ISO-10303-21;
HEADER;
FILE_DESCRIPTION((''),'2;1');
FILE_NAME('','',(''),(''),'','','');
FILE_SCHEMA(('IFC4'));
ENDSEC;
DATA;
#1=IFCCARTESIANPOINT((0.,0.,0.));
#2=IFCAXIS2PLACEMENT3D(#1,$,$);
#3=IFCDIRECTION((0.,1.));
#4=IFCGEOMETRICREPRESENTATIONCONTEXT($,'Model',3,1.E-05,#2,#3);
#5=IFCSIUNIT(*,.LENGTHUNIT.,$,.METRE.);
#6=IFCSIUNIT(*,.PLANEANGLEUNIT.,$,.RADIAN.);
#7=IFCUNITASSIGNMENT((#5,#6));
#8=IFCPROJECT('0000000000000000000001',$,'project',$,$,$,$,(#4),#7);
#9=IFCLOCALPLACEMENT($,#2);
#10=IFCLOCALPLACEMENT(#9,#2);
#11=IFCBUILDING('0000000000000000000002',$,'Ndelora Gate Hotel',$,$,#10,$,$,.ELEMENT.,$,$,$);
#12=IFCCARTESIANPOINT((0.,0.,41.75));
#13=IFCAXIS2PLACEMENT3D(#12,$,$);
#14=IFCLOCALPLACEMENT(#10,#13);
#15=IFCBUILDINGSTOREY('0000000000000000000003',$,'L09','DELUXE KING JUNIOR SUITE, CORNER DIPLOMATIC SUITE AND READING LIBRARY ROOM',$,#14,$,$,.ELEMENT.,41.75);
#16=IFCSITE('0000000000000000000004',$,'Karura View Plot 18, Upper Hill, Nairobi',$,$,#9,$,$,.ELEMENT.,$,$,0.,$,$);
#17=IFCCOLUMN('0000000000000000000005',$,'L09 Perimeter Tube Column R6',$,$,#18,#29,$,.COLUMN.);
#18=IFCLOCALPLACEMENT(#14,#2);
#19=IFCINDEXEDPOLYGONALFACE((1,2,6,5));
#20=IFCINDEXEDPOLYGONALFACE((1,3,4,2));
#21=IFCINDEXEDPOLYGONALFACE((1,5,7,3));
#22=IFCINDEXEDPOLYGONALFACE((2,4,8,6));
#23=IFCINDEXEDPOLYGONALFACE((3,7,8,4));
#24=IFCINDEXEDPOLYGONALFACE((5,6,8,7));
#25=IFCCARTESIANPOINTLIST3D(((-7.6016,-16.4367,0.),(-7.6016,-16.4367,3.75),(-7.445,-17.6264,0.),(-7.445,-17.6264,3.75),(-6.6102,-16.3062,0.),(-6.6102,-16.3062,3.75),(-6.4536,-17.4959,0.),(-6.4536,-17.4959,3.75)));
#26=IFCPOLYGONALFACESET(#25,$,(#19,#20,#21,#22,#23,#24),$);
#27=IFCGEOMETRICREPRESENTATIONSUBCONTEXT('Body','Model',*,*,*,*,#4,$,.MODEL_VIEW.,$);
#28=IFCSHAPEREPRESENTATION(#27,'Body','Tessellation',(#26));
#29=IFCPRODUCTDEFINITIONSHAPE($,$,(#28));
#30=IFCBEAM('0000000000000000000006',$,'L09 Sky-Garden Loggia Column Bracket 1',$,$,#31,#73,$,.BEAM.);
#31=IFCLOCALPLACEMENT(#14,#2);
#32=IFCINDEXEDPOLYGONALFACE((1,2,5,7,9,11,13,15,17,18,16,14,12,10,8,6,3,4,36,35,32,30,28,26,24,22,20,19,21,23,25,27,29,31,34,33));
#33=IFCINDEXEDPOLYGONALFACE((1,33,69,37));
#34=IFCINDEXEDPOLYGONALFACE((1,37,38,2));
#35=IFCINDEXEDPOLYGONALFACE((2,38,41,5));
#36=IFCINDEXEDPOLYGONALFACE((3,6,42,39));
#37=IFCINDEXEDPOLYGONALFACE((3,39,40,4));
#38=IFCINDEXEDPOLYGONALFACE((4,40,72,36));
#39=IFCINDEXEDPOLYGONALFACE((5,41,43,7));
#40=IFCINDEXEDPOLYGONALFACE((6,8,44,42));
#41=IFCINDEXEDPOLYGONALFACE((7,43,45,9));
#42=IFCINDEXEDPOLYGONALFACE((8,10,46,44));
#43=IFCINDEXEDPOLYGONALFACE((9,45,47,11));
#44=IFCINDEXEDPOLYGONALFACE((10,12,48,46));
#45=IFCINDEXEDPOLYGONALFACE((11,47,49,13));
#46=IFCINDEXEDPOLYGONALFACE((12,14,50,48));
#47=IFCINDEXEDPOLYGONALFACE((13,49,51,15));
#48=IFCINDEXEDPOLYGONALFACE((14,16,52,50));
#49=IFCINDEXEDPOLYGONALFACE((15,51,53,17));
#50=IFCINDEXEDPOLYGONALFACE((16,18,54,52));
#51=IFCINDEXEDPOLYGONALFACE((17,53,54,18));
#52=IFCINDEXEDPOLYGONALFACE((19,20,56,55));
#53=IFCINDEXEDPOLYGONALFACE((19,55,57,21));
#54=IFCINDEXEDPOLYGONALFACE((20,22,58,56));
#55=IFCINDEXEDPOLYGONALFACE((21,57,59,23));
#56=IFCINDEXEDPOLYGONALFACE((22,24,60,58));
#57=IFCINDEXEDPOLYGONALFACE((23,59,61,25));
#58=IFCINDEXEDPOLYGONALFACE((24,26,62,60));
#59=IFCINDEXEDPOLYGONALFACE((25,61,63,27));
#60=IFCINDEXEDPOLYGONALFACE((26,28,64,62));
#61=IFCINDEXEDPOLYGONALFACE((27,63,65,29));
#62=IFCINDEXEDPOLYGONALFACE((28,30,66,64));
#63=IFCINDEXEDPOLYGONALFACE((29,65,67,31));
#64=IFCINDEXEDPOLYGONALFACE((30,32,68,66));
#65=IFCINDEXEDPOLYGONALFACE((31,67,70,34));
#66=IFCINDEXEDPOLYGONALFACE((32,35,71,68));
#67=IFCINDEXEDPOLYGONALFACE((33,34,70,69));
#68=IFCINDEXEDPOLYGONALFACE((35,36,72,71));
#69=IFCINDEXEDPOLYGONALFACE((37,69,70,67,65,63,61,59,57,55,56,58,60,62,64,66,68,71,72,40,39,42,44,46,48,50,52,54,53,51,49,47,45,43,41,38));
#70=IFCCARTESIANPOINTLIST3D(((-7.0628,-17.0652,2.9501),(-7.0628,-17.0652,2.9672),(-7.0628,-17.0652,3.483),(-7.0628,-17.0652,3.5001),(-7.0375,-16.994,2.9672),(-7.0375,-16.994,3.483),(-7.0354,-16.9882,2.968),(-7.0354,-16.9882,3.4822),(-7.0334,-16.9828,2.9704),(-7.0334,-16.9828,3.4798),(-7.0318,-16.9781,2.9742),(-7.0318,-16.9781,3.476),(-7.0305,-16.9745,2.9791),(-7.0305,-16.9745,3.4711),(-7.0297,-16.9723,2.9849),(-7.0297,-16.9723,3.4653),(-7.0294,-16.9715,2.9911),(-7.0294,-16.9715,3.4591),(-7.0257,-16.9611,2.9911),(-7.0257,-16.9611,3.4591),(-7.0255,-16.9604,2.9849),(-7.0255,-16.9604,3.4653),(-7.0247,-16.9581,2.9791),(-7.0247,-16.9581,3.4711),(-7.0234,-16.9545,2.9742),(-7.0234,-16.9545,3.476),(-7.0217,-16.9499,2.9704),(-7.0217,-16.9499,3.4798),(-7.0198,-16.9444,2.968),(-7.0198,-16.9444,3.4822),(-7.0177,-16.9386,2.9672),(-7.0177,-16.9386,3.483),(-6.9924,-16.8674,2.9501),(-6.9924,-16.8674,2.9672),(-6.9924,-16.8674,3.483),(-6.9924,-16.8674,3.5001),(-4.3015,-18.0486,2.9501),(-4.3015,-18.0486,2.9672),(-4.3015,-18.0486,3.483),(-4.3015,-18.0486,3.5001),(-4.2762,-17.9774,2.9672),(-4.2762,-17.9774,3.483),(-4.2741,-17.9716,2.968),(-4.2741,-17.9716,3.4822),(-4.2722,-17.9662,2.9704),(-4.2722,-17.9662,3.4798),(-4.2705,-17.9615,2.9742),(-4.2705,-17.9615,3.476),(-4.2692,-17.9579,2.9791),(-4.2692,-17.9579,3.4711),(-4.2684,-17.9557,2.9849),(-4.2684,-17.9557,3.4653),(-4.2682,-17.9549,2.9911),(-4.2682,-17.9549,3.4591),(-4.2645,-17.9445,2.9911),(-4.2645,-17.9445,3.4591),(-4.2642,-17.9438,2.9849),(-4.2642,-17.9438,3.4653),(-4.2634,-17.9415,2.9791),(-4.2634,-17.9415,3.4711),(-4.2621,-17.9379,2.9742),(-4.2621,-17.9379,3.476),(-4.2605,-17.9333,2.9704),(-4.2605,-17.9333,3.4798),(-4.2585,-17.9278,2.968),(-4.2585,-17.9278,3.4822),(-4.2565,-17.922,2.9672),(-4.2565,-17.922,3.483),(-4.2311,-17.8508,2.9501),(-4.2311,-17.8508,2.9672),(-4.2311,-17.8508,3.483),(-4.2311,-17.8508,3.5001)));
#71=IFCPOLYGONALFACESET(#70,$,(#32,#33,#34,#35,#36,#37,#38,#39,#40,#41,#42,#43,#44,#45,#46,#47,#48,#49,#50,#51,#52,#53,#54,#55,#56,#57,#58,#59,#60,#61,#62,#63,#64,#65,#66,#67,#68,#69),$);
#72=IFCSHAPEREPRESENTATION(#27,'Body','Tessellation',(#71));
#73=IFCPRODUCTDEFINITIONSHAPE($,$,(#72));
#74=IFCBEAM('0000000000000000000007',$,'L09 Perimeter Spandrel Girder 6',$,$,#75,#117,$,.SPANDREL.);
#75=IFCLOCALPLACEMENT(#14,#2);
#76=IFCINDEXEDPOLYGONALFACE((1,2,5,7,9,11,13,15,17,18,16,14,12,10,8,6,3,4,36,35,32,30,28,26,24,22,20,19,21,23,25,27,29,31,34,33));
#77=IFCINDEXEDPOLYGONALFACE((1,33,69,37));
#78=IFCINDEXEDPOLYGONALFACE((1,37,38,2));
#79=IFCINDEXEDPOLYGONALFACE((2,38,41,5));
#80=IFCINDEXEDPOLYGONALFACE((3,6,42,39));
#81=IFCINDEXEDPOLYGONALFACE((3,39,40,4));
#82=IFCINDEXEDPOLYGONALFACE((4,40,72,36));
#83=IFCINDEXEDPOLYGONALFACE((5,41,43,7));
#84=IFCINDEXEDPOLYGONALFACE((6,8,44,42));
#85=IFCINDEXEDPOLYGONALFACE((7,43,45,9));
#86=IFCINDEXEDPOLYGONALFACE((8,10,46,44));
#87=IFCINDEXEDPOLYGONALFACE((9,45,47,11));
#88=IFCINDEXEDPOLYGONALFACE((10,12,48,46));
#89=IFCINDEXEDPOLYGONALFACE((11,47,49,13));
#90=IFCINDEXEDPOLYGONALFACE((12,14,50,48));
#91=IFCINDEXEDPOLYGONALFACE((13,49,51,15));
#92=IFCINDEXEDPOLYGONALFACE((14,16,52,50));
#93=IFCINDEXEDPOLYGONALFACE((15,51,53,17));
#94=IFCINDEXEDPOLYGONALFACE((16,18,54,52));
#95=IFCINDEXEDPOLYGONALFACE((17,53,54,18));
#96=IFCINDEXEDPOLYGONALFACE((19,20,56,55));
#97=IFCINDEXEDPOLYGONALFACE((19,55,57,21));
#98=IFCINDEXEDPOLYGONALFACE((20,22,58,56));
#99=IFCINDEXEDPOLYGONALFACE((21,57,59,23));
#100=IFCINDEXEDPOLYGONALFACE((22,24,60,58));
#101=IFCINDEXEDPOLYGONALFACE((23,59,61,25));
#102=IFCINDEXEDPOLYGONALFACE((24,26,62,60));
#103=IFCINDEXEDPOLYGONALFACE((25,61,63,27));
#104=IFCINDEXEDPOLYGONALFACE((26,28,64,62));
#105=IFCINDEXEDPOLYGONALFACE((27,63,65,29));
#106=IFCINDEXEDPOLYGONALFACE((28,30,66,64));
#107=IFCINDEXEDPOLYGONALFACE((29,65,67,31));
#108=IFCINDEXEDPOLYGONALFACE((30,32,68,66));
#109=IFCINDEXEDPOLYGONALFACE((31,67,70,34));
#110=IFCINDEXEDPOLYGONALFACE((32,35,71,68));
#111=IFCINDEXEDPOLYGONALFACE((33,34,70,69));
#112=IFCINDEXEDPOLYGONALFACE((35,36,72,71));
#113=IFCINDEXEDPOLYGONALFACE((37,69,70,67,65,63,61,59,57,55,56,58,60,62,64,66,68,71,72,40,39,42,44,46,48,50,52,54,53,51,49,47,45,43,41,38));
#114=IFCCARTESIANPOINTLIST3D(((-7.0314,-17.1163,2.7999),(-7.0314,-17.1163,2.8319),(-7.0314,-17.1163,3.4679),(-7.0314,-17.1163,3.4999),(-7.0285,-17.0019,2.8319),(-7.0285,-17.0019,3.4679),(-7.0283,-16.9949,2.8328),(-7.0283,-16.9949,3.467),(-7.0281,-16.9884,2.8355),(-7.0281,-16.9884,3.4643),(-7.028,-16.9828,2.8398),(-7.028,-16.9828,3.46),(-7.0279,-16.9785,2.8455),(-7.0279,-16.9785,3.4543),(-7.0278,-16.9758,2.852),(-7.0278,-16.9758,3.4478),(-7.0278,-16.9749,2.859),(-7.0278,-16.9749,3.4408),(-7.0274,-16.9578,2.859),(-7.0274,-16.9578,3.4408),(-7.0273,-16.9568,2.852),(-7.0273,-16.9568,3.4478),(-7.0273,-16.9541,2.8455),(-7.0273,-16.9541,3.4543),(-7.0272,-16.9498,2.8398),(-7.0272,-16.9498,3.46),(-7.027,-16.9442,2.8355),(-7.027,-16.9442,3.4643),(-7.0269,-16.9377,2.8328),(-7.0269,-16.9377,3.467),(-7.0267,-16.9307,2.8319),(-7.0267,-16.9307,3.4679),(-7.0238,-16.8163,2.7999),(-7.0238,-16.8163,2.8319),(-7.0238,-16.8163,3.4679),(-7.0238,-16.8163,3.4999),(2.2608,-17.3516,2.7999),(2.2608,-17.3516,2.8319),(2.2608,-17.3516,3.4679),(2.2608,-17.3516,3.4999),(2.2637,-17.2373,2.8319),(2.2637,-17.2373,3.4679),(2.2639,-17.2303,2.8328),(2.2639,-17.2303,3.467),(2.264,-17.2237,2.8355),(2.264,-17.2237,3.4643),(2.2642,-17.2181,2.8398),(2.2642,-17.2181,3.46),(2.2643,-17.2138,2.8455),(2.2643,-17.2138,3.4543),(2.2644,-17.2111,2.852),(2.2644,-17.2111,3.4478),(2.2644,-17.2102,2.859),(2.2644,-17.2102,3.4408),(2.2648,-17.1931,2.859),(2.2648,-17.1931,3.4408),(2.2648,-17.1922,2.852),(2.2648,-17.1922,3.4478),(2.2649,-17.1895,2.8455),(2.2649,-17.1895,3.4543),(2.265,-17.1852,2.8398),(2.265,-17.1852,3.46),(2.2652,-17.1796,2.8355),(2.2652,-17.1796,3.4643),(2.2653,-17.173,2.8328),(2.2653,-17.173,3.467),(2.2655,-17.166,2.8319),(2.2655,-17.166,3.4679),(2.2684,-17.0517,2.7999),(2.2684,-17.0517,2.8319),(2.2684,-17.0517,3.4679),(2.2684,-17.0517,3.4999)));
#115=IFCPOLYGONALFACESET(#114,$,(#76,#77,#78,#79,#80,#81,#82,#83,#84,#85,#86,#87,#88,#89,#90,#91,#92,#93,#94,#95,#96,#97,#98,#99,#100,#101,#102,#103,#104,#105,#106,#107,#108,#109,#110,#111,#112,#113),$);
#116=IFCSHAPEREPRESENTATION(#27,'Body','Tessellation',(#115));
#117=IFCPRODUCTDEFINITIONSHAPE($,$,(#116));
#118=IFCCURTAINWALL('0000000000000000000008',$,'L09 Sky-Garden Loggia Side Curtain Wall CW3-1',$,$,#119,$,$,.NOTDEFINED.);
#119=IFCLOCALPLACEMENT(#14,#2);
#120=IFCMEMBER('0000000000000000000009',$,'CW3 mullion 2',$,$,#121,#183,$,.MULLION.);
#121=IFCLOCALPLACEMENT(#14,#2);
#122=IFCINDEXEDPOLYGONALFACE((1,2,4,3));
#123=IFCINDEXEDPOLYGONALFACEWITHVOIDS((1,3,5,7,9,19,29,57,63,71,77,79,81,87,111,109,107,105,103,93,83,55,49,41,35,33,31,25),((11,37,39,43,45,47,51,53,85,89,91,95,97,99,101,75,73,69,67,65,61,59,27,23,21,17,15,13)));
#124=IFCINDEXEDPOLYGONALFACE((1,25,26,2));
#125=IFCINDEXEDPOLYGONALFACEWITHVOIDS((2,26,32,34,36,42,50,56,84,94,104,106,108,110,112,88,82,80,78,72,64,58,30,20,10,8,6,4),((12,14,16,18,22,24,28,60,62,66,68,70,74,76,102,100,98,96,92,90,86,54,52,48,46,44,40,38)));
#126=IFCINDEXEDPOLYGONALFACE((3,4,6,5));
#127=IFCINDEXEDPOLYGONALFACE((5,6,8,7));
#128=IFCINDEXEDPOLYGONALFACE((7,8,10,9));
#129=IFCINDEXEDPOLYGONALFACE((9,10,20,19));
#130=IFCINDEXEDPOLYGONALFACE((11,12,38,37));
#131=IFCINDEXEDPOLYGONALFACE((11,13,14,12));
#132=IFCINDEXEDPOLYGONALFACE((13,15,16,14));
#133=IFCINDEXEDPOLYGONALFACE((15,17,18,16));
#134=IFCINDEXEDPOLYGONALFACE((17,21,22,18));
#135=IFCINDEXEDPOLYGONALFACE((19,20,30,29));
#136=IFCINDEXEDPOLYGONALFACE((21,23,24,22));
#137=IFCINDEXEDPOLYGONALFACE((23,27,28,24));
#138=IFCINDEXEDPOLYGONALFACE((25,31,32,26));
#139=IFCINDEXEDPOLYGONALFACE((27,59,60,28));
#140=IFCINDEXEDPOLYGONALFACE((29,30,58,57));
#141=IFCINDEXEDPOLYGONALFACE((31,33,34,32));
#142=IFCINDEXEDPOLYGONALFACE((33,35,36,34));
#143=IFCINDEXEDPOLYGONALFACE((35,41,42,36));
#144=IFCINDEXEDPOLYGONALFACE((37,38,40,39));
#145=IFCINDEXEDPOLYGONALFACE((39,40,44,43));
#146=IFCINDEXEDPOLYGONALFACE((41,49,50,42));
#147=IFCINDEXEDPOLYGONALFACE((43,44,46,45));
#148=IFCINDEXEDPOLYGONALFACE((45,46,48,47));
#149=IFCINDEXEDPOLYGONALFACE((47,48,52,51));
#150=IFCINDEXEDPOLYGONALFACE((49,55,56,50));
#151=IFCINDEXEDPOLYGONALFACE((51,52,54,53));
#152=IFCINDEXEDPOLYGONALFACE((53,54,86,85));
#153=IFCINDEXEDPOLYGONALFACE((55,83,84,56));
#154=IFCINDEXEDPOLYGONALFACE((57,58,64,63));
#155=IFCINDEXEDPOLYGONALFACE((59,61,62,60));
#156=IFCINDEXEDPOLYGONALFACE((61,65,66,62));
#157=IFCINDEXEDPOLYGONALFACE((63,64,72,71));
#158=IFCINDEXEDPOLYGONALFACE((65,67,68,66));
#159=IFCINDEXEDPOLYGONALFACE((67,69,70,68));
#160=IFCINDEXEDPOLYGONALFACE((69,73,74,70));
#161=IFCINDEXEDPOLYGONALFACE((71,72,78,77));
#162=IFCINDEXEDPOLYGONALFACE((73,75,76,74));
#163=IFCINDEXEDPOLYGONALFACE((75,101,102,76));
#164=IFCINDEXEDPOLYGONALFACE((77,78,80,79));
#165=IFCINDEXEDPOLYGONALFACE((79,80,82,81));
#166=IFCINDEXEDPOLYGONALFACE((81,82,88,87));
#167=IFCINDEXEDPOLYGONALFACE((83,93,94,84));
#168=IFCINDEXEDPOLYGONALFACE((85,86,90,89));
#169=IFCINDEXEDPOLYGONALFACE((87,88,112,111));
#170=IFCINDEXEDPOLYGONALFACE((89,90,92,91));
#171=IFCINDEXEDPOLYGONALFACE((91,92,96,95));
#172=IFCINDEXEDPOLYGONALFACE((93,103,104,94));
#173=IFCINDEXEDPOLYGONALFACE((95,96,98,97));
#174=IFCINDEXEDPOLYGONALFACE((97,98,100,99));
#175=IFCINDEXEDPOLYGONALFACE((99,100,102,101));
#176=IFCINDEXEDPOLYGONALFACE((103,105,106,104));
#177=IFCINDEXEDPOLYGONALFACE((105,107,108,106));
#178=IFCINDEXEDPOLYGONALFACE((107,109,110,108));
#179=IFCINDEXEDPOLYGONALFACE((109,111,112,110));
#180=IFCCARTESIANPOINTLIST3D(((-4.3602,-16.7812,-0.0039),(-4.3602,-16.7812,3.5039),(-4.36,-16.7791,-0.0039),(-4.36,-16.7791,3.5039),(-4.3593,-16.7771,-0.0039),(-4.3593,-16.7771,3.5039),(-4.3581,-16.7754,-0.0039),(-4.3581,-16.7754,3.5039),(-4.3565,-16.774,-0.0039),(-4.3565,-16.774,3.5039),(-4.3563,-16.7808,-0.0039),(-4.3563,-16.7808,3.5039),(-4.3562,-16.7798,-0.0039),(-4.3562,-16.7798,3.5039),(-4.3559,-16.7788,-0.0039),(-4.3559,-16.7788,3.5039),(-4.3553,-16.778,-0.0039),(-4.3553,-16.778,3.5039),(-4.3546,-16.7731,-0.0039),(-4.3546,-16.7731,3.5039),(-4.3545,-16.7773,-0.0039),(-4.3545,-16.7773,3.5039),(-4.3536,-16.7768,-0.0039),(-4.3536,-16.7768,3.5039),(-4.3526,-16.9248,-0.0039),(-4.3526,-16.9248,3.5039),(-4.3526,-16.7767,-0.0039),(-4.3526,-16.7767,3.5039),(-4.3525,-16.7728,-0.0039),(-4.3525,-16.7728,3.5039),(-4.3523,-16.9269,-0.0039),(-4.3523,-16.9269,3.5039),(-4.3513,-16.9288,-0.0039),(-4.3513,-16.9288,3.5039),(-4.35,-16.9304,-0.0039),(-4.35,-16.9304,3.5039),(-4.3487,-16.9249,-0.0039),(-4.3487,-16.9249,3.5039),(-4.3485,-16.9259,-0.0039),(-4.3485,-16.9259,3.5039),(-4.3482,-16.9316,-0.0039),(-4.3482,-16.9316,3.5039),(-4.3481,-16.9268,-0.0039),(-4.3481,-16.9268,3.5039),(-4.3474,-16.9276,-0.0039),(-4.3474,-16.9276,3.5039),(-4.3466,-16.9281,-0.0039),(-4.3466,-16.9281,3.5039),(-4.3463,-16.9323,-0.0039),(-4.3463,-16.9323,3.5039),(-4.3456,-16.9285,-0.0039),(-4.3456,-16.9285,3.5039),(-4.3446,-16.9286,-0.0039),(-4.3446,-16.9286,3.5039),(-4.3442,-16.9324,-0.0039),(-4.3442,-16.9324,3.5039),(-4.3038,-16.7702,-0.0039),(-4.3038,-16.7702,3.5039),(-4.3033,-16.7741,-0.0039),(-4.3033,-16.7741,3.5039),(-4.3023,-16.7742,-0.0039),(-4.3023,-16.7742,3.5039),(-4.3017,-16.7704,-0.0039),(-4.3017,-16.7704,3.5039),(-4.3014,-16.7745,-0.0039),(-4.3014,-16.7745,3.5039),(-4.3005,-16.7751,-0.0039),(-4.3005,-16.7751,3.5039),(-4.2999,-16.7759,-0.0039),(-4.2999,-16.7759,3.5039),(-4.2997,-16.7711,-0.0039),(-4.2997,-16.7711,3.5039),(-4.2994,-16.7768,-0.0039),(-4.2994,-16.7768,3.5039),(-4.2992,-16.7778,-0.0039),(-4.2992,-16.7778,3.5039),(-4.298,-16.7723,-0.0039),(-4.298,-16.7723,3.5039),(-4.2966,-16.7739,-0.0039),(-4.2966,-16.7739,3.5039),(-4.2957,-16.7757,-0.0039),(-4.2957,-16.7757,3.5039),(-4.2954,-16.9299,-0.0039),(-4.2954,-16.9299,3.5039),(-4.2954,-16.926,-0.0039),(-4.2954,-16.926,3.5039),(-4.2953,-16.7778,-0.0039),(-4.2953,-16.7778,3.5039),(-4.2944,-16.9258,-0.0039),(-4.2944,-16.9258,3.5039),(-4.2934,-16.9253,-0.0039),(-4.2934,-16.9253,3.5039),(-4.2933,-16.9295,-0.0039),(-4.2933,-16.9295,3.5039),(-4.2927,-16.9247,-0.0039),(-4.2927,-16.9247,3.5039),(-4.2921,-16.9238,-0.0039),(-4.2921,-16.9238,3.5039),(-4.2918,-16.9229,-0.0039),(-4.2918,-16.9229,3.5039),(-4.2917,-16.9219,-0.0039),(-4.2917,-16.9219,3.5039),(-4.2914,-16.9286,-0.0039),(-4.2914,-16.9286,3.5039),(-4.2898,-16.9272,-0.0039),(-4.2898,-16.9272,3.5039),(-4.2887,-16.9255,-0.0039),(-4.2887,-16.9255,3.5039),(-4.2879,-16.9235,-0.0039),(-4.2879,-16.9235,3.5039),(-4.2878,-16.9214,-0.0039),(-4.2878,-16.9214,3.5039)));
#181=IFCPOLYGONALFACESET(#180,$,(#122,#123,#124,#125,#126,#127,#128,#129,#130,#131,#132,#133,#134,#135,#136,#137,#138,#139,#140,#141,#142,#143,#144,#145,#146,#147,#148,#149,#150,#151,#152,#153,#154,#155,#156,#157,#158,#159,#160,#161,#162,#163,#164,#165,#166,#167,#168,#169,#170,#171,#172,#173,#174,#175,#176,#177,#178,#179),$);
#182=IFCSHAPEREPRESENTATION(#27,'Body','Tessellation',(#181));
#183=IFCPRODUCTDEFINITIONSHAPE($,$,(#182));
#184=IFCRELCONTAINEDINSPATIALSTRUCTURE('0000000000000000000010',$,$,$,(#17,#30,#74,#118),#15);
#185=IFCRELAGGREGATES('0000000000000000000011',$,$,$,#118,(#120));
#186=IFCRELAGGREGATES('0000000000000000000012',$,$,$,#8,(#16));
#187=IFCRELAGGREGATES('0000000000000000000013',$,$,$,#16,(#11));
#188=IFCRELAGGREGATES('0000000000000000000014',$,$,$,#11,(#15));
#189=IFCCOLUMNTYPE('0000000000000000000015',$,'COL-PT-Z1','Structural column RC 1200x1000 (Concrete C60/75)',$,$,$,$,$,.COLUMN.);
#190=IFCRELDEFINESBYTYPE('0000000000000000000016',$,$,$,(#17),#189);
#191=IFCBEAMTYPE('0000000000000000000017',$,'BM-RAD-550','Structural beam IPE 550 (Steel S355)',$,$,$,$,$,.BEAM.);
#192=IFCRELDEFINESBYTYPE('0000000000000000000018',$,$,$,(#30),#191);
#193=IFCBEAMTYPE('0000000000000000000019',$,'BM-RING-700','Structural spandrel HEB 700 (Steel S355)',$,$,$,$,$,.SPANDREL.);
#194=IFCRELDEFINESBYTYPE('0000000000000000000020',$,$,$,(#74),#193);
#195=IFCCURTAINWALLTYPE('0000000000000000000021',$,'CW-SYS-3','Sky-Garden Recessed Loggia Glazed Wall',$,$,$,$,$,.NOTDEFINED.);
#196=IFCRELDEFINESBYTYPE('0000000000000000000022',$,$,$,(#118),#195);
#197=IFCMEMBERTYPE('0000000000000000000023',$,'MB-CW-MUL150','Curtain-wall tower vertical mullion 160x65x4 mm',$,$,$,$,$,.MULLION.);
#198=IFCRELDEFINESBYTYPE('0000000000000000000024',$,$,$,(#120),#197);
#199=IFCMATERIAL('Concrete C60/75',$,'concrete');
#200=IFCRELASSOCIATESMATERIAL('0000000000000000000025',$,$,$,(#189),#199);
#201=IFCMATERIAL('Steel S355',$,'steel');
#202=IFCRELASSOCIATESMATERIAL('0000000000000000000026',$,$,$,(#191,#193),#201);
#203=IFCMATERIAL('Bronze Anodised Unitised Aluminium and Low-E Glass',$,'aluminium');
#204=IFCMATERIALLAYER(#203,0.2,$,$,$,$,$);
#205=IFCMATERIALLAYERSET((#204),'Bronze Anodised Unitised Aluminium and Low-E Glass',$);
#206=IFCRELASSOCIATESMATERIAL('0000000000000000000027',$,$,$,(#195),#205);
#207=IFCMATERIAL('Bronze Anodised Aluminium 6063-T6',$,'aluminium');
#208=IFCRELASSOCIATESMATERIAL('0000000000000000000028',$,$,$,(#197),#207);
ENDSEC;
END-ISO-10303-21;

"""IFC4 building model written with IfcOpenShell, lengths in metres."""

from ifc_helpers import new_model, si_unit, direction, frame, origin, origin_2d, place, context, subcontext, project, spatial, rectangle, hollow_rectangle, i_section, extrude, material, layer, layer_set, material_profile, profile_set, type_object, element, aggregate, save


model = new_model("IFC4")

# Units and contexts
model_context = context("Model", 3, precision=1e-05, world=origin(), true_north=direction((0.0, 1.0)))
body_context = subcontext(model_context, "Body", "Model", "MODEL_VIEW")
ifc_project = project(units=[si_unit("LENGTHUNIT", "METRE"), si_unit("PLANEANGLEUNIT", "RADIAN")], contexts=[model_context])

# Site, building, storey
site_placement = place(None, origin())
site = spatial("IfcSite", under=ifc_project, at=site_placement, Name="Karura View Plot 18, Upper Hill, Nairobi", CompositionType="ELEMENT", RefElevation=0.0)
building_placement = place(site_placement, origin())
building = spatial("IfcBuilding", under=site, at=building_placement, Name="Ndelora Gate Hotel", CompositionType="ELEMENT")
storey_placement = place(building_placement, frame((0.0, 0.0, 41.75)))
storey = spatial("IfcBuildingStorey", under=building, at=storey_placement, Name="L09", Description="DELUXE KING JUNIOR SUITE, CORNER DIPLOMATIC SUITE AND READING LIBRARY ROOM", CompositionType="ELEMENT", Elevation=41.75)

# Column
ifc_material_1 = material(Name="Concrete C60/75", Category="concrete")
ifc_material_profile_1 = material_profile(ifc_material_1, rectangle(XDim=1.0, YDim=1.2, at=origin_2d()), Name="RC 1200x1000")
ifc_profile_set_1 = profile_set([ifc_material_profile_1], Name="Concrete C60/75")
column_type = type_object("IfcColumnType", Name="COL-PT-Z1", Description="Structural column RC 1200x1000 (Concrete C60/75)", PredefinedType="COLUMN", material=ifc_profile_set_1)
column_placement = place(storey_placement, frame((-7.0276, -16.9663, 0.0), z_axis=(0.0, 0.0, 1.0), x_axis=(0.991445, 0.130526, 0.0)))
element("IfcColumn", 1, at=column_placement, inside=storey, type_object=column_type, Name="L09 Perimeter Tube Column R6", PredefinedType="COLUMN", context=body_context, shape_type="SweptSolid", body=[
    extrude(rectangle(XDim=1.0, YDim=1.2, at=origin_2d()), origin(), (0.0, 0.0, 1.0), 3.75),
])

# Beams
ifc_material_2 = material(Name="Steel S355", Category="steel")
ifc_material_profile_2 = material_profile(ifc_material_2, i_section(OverallWidth=0.21, OverallDepth=0.55, WebThickness=0.011, FlangeThickness=0.0171, FilletRadius=0.0239, at=origin_2d()), Name="IPE 550")
ifc_profile_set_2 = profile_set([ifc_material_profile_2], Name="Steel S355")
beam_type_1 = type_object("IfcBeamType", Name="BM-RAD-550", Description="Structural beam IPE 550 (Steel S355)", PredefinedType="BEAM", material=ifc_profile_set_2)
beam_1_placement = place(storey_placement, frame((-7.0276, -16.9663, 3.2251), z_axis=(0.942039, -0.335503, 0.0), x_axis=(0.335503, 0.942039, 0.0)))
element("IfcBeam", 2, at=beam_1_placement, inside=storey, type_object=beam_type_1, Name="L09 Sky-Garden Loggia Column Bracket 1", PredefinedType="BEAM", context=body_context, shape_type="SweptSolid", body=[
    extrude(i_section(OverallWidth=0.21, OverallDepth=0.55, WebThickness=0.011, FlangeThickness=0.0171, FilletRadius=0.0239, at=origin_2d()), origin(), (0.0, 0.0, 1.0), 2.9312),
])
ifc_material_profile_3 = material_profile(ifc_material_2, i_section(OverallWidth=0.3, OverallDepth=0.7, WebThickness=0.0171, FlangeThickness=0.032, FilletRadius=0.0271, at=origin_2d()), Name="HEB 700")
ifc_profile_set_3 = profile_set([ifc_material_profile_3], Name="Steel S355")
beam_type_2 = type_object("IfcBeamType", Name="BM-RING-700", Description="Structural spandrel HEB 700 (Steel S355)", PredefinedType="SPANDREL", material=ifc_profile_set_3)
beam_2_placement = place(storey_placement, frame((-7.0276, -16.9663, 3.1499), z_axis=(0.999679, -0.02532, 0.0), x_axis=(0.02532, 0.999679, 0.0)))
element("IfcBeam", 3, at=beam_2_placement, inside=storey, type_object=beam_type_2, Name="L09 Perimeter Spandrel Girder 6", PredefinedType="SPANDREL", context=body_context, shape_type="SweptSolid", body=[
    extrude(i_section(OverallWidth=0.3, OverallDepth=0.7, WebThickness=0.0171, FlangeThickness=0.032, FilletRadius=0.0271, at=origin_2d()), origin(), (0.0, 0.0, 1.0), 9.2952),
])

# Curtain wall, member
ifc_material_3 = material(Name="Bronze Anodised Unitised Aluminium and Low-E Glass", Category="aluminium")
ifc_layer_1 = layer(ifc_material_3, 0.2)
ifc_layer_set_1 = layer_set([ifc_layer_1], Name="Bronze Anodised Unitised Aluminium and Low-E Glass")
curtain_wall_type = type_object("IfcCurtainWallType", Name="CW-SYS-3", Description="Sky-Garden Recessed Loggia Glazed Wall", PredefinedType="NOTDEFINED", material=ifc_layer_set_1)
curtain_wall_placement = place(storey_placement, origin())
curtain_wall = element("IfcCurtainWall", 4, at=curtain_wall_placement, inside=storey, type_object=curtain_wall_type, Name="L09 Sky-Garden Loggia Side Curtain Wall CW3-1", PredefinedType="NOTDEFINED")
ifc_material_4 = material(Name="Bronze Anodised Aluminium 6063-T6", Category="aluminium")
ifc_material_profile_4 = material_profile(ifc_material_4, hollow_rectangle(XDim=0.0649, YDim=0.1599, WallThickness=0.0039, InnerFilletRadius=0.0039, OuterFilletRadius=0.0081, at=origin_2d()), Name="ALU 160x65x4")
ifc_profile_set_4 = profile_set([ifc_material_profile_4], Name="Bronze Anodised Aluminium 6063-T6")
member_type_1 = type_object("IfcMemberType", Name="MB-CW-MUL150", Description="Curtain-wall tower vertical mullion 160x65x4 mm", PredefinedType="MULLION", material=ifc_profile_set_4)
member_1_placement = place(storey_placement, frame((-4.324, -16.8513, -0.0039), z_axis=(0.0, 0.0, 1.0), x_axis=(0.998628, 0.052363, 0.0)))
member_1 = element("IfcMember", 5, at=member_1_placement, type_object=member_type_1, Name="CW3 mullion 2", PredefinedType="MULLION", context=body_context, shape_type="SweptSolid", body=[
    extrude(hollow_rectangle(XDim=0.0649, YDim=0.1599, WallThickness=0.0039, InnerFilletRadius=0.0039, OuterFilletRadius=0.0081, at=origin_2d()), origin(), (0.0, 0.0, 1.0), 3.5078),
])
aggregate(curtain_wall, [member_1])

save(model, "model.ifc")
